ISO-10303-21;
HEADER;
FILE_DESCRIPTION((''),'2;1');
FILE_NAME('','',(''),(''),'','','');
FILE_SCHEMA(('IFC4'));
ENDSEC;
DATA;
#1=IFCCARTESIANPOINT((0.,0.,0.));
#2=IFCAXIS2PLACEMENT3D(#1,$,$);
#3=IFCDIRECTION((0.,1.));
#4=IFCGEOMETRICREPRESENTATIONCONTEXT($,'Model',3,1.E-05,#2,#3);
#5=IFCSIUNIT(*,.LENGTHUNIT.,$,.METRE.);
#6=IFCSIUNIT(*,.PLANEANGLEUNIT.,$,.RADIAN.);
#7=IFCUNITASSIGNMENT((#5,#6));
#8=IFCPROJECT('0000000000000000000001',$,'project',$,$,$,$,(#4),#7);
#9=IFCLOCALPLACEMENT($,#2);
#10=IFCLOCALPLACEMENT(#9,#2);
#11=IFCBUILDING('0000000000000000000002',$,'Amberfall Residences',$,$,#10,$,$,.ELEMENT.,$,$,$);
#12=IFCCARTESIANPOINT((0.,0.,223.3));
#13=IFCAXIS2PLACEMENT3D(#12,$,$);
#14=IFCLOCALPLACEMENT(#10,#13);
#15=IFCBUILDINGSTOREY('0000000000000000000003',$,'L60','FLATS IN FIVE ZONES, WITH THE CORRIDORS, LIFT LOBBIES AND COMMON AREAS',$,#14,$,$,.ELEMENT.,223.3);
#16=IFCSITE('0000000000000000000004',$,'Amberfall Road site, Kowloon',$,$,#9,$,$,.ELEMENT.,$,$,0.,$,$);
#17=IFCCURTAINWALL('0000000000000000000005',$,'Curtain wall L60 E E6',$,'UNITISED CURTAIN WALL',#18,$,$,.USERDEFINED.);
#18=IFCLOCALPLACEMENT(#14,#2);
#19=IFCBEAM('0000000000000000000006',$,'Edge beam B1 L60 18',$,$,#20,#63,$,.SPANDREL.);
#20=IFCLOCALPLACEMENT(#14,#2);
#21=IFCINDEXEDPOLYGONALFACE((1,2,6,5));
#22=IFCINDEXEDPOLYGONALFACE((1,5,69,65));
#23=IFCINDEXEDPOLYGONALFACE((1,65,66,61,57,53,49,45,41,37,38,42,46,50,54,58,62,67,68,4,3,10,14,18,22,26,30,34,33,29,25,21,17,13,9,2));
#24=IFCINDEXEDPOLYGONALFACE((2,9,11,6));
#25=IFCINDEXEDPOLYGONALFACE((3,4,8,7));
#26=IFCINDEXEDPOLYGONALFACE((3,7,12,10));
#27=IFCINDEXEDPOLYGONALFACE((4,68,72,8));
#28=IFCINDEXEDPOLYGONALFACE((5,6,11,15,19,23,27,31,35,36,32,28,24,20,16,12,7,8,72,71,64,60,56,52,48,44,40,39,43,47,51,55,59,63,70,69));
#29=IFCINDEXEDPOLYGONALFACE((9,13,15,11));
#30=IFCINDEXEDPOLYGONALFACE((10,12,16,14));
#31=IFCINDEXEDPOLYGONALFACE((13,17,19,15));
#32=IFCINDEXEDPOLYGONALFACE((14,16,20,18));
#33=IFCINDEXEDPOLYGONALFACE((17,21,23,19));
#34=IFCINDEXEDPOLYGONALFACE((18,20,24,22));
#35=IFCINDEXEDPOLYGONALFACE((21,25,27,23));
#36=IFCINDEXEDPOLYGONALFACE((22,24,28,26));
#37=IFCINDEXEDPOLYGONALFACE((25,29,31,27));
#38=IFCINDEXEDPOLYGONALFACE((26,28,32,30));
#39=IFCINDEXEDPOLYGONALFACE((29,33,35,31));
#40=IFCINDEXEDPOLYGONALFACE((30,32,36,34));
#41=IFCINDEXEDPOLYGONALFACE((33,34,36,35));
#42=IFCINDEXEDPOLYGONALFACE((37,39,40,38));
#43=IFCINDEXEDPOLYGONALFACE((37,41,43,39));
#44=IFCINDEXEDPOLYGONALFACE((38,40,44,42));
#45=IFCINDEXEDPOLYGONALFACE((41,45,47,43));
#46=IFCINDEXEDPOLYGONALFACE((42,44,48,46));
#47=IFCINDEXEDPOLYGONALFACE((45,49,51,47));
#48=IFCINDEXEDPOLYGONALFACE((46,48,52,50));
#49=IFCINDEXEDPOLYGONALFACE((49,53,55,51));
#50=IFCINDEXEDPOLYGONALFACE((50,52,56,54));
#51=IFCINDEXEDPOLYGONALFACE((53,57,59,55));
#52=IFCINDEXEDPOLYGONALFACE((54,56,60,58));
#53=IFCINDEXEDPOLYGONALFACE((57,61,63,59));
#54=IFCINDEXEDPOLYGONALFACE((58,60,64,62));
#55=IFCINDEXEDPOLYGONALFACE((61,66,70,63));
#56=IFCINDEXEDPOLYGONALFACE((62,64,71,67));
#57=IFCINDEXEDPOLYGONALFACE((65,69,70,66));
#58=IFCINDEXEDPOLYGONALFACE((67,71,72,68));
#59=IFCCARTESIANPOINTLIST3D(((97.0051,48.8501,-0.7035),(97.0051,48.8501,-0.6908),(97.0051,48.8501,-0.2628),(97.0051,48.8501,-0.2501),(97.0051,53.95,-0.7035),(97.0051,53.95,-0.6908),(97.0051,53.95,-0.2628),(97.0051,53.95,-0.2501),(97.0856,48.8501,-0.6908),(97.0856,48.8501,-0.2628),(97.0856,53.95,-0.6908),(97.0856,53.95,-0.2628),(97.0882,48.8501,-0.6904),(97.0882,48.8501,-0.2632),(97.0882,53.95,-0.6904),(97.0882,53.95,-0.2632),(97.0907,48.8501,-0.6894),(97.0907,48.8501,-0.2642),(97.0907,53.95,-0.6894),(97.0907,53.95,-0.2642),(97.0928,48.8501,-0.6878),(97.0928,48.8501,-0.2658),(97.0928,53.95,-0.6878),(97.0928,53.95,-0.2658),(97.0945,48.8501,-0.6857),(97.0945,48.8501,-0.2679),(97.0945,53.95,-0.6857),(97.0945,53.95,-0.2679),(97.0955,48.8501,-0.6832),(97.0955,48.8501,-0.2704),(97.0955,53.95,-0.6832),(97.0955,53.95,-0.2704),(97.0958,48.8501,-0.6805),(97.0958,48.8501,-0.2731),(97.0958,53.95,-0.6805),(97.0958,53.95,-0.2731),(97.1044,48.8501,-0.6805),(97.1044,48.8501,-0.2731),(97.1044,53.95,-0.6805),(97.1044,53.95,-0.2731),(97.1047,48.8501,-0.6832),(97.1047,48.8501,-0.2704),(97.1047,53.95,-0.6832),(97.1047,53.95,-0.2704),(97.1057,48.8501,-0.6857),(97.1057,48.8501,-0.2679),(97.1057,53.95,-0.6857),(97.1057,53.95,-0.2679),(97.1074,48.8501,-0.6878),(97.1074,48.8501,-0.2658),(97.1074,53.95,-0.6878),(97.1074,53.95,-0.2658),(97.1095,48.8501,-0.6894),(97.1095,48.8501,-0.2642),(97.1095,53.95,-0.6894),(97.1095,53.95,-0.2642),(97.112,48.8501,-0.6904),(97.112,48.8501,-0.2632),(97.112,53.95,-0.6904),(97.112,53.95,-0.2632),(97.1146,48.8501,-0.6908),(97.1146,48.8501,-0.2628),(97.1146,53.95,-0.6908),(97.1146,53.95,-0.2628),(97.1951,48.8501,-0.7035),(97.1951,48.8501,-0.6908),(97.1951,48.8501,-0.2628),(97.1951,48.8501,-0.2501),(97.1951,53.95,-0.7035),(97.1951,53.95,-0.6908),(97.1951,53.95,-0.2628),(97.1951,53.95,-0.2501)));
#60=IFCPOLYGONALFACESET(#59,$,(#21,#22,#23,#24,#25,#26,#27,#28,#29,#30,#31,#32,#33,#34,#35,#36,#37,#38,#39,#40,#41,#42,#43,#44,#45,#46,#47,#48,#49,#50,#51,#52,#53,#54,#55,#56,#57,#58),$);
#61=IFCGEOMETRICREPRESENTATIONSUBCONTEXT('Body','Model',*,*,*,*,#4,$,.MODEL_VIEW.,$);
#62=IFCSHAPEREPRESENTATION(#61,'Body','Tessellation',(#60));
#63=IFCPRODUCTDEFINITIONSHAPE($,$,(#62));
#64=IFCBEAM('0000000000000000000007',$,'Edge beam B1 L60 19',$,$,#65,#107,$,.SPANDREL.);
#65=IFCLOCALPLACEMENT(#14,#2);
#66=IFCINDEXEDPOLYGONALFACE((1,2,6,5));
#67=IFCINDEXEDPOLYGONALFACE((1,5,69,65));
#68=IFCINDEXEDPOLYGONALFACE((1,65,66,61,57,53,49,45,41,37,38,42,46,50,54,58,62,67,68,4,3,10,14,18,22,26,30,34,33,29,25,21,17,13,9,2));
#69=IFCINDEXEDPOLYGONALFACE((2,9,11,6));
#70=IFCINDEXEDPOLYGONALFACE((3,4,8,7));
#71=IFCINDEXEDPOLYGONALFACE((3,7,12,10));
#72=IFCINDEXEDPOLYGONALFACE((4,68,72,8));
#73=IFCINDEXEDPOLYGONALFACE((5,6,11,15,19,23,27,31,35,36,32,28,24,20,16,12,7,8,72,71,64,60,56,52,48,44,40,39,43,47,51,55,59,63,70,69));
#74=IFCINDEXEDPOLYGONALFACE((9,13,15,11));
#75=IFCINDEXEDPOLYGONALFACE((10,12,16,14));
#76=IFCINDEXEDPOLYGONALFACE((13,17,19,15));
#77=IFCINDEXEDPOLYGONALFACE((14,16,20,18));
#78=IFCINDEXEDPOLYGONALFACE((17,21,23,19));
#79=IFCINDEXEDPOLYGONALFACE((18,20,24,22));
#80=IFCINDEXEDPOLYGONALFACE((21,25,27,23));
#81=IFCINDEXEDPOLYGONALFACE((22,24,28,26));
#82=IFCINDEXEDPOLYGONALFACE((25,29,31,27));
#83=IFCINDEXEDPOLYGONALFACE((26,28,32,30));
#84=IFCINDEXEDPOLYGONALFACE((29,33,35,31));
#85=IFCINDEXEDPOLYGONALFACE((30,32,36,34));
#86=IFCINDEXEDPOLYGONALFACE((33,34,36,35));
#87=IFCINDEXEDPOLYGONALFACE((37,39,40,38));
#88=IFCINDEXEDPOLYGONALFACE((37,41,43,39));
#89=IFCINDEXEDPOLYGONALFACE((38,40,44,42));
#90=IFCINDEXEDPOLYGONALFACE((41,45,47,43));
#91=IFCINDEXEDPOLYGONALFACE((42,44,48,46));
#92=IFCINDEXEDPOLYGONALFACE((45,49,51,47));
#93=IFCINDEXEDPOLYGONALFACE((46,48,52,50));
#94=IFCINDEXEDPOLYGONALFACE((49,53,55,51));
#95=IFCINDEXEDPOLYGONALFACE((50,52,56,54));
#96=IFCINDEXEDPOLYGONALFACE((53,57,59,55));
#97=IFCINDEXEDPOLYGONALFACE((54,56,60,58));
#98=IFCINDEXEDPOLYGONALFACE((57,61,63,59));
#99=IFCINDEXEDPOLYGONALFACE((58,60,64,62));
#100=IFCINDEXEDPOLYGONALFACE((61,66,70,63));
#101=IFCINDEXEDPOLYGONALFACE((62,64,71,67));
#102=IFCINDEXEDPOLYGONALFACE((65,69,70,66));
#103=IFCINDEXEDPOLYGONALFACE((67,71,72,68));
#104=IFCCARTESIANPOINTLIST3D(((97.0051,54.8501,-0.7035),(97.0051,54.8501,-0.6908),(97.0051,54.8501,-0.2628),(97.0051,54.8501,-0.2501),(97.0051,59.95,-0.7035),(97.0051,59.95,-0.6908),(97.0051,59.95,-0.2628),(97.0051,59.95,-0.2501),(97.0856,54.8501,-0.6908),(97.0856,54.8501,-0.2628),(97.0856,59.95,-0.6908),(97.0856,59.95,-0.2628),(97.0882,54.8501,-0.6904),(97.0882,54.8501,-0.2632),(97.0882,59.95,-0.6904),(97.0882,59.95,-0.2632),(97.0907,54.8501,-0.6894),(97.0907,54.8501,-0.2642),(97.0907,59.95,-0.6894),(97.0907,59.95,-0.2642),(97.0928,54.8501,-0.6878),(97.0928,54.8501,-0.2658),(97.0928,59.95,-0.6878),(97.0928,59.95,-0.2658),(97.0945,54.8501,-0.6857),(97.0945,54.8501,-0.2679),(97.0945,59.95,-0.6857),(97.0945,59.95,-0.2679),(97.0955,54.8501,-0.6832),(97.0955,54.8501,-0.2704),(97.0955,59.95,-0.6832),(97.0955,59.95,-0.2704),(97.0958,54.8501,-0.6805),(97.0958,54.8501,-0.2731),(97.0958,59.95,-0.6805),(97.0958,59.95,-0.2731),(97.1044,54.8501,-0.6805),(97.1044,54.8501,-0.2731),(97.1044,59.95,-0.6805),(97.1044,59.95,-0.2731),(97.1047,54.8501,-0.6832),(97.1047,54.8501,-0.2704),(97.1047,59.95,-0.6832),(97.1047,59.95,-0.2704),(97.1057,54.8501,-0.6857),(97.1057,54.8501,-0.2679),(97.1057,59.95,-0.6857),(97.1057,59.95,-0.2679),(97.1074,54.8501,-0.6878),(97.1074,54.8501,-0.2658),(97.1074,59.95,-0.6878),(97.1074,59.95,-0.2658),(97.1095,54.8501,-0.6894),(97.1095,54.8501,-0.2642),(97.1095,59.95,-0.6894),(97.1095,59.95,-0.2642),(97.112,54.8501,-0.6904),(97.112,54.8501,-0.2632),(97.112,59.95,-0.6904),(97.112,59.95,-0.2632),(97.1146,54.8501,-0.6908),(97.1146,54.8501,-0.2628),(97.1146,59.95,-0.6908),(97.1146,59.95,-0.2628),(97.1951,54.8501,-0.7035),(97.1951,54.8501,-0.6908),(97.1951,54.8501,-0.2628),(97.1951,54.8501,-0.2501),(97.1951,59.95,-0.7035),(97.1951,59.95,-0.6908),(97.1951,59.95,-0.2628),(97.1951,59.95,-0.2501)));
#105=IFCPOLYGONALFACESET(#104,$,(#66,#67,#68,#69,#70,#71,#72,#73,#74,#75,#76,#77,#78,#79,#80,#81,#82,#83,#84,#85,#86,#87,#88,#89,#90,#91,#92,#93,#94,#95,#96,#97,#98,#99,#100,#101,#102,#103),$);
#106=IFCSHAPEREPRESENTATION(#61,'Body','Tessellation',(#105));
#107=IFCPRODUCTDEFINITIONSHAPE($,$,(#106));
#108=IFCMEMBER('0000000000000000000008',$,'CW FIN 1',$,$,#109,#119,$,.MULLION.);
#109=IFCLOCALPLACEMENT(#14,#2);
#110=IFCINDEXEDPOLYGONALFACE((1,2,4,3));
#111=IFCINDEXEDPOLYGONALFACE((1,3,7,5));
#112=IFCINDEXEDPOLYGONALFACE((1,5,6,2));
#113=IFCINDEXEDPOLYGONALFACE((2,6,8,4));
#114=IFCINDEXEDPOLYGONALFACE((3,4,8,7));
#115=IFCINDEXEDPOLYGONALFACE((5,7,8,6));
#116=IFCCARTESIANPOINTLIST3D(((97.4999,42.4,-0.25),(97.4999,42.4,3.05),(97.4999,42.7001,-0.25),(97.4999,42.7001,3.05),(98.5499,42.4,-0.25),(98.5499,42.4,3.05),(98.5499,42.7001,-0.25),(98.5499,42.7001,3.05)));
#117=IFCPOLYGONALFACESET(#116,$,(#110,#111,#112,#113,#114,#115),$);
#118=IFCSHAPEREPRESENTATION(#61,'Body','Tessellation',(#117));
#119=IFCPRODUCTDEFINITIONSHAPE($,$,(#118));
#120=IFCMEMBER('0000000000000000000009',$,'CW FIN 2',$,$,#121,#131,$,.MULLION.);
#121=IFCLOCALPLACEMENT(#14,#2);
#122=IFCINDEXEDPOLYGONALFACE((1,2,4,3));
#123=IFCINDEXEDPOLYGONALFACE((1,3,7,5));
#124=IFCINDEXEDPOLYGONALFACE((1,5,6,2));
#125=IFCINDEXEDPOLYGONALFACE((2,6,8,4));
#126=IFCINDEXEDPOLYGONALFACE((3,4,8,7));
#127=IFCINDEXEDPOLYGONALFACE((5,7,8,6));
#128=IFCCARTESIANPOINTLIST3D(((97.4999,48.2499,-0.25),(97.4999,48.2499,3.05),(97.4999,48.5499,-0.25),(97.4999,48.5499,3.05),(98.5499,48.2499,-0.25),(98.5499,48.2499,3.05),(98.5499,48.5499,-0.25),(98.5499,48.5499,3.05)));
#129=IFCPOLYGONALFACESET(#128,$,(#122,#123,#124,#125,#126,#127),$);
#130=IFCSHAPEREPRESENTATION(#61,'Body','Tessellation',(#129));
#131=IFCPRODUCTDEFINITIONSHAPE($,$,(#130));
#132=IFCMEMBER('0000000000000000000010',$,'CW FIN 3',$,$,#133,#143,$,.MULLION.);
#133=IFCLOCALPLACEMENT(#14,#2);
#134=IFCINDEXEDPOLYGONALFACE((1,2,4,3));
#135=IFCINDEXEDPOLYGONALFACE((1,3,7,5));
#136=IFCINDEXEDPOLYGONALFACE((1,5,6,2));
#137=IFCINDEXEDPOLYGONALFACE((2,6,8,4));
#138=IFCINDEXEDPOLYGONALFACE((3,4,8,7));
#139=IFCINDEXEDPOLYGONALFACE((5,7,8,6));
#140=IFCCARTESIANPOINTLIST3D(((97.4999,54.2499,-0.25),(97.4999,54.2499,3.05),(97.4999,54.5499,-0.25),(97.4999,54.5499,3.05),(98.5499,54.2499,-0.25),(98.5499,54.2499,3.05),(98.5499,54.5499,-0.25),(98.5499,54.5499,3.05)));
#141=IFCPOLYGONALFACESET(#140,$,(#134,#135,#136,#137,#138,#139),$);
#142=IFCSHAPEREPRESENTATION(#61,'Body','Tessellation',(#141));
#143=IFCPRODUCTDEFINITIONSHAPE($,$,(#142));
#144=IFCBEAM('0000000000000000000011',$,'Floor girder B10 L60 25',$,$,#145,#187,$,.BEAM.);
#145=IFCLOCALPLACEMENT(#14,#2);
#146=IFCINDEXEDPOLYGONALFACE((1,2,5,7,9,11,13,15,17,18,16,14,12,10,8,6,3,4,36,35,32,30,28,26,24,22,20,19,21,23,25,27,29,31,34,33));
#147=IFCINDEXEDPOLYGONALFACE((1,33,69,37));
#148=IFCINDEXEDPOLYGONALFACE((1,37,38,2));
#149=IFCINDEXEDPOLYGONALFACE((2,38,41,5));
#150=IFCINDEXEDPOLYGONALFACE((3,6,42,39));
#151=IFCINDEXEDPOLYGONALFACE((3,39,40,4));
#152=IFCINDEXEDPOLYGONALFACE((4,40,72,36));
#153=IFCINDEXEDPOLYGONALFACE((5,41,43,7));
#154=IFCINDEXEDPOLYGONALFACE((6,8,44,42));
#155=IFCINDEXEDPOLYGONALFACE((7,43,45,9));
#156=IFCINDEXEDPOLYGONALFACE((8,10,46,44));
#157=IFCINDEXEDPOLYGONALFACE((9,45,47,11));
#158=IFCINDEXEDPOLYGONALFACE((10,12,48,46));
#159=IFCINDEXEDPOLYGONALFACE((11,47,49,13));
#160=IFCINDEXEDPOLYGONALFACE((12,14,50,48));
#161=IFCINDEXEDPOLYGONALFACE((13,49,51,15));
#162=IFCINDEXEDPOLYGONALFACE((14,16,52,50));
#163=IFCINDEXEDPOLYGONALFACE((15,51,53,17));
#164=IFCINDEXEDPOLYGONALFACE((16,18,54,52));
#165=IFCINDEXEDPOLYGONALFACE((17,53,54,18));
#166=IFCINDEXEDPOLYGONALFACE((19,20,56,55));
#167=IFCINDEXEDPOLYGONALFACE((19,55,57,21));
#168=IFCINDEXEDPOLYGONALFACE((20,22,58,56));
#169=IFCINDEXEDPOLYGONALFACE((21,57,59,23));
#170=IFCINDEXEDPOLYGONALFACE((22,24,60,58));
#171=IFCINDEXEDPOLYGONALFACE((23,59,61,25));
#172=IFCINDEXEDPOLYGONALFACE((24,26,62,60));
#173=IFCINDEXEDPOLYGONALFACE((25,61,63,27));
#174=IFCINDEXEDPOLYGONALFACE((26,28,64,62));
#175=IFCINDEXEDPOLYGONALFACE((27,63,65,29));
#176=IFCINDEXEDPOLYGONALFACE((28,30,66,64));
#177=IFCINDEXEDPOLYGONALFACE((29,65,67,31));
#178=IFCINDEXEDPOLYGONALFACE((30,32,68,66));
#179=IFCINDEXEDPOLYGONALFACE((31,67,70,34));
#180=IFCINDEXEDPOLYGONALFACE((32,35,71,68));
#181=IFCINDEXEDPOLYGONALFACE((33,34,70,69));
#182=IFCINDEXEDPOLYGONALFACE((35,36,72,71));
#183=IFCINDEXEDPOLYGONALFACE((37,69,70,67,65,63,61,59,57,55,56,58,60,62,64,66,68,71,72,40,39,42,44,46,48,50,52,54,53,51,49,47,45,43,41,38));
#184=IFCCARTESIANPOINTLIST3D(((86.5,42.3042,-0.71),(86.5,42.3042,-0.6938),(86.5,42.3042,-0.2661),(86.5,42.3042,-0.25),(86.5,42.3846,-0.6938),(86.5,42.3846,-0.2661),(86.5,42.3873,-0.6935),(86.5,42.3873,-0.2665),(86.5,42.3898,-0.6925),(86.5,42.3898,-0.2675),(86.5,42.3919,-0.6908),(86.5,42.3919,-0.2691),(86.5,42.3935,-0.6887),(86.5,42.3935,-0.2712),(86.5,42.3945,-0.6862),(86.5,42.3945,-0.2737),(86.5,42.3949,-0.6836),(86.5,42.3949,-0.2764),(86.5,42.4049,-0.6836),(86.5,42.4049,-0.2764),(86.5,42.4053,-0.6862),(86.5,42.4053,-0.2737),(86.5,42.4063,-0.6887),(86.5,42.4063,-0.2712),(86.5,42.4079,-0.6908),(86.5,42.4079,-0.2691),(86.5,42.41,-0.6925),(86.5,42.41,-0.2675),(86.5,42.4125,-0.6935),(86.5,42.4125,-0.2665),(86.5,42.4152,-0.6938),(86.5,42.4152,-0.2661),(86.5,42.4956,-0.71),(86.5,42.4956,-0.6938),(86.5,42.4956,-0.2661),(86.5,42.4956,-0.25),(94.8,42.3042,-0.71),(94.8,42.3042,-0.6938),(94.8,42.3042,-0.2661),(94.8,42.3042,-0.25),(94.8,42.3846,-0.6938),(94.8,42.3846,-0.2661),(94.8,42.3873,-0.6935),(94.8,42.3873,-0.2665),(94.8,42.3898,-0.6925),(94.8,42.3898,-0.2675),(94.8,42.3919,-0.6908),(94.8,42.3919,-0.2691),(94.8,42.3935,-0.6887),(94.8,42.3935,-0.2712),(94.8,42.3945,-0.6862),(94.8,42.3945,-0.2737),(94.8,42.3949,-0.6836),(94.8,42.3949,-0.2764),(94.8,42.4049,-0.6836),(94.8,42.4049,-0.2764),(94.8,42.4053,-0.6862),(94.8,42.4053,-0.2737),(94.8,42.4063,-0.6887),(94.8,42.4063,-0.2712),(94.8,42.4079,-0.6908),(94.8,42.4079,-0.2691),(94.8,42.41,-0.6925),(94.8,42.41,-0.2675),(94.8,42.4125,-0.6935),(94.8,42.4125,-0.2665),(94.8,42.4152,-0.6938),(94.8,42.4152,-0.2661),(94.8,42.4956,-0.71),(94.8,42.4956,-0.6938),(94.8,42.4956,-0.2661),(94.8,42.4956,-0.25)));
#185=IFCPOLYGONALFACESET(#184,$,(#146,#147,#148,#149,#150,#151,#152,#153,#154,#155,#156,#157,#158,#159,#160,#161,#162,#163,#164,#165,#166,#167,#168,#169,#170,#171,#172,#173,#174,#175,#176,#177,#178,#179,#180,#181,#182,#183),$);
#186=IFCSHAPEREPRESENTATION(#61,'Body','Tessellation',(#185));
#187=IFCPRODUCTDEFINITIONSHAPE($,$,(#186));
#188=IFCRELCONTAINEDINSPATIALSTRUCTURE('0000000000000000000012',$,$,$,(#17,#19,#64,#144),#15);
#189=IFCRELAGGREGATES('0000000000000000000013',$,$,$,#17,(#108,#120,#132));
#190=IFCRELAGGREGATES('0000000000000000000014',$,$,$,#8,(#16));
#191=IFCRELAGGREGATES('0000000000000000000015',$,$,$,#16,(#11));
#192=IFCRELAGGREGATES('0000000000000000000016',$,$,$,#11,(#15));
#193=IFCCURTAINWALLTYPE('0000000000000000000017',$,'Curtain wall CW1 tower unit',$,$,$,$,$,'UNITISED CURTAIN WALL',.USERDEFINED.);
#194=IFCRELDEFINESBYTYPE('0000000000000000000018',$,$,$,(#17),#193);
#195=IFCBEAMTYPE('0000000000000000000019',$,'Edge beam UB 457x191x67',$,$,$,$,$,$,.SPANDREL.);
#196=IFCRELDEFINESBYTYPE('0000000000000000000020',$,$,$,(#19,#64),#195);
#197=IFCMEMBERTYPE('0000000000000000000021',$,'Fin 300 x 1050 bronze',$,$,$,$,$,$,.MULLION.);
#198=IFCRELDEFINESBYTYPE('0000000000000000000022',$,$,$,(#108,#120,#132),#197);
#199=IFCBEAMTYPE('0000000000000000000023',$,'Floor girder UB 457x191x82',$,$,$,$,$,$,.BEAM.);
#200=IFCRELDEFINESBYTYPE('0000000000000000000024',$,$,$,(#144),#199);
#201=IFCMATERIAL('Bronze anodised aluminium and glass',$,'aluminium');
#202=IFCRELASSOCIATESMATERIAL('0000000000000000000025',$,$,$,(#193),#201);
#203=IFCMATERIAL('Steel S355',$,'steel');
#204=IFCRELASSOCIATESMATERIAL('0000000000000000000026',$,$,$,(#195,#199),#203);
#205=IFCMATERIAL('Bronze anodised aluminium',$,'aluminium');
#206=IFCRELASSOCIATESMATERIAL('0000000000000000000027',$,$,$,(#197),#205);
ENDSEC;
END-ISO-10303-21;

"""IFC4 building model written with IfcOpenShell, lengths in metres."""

from ifc_helpers import new_model, si_unit, direction, frame, origin, origin_2d, place, context, subcontext, project, spatial, rectangle, i_section, extrude, material, material_profile, profile_set, type_object, element, aggregate, save


model = new_model("IFC4")

# Units and contexts
model_context = context("Model", 3, precision=1e-05, world=origin(), true_north=direction((0.0, 1.0)))
body_context = subcontext(model_context, "Body", "Model", "MODEL_VIEW")
ifc_project = project(units=[si_unit("LENGTHUNIT", "METRE"), si_unit("PLANEANGLEUNIT", "RADIAN")], contexts=[model_context])

# Site, building, storey
site_placement = place(None, origin())
site = spatial("IfcSite", under=ifc_project, at=site_placement, Name="Amberfall Road site, Kowloon", CompositionType="ELEMENT", RefElevation=0.0)
building_placement = place(site_placement, origin())
building = spatial("IfcBuilding", under=site, at=building_placement, Name="Amberfall Residences", CompositionType="ELEMENT")
storey_placement = place(building_placement, frame((0.0, 0.0, 223.3)))
storey = spatial("IfcBuildingStorey", under=building, at=storey_placement, Name="L60", Description="FLATS IN FIVE ZONES, WITH THE CORRIDORS, LIFT LOBBIES AND COMMON AREAS", CompositionType="ELEMENT", Elevation=223.3)

# Curtain wall
ifc_material_1 = material(Name="Bronze anodised aluminium and glass", Category="aluminium")
curtain_wall_type = type_object("IfcCurtainWallType", Name="Curtain wall CW1 tower unit", ElementType="UNITISED CURTAIN WALL", PredefinedType="USERDEFINED", material=ifc_material_1)
curtain_wall_placement = place(storey_placement, origin())
curtain_wall = element("IfcCurtainWall", 1, at=curtain_wall_placement, inside=storey, type_object=curtain_wall_type, Name="Curtain wall L60 E E6", ObjectType="UNITISED CURTAIN WALL", PredefinedType="USERDEFINED")
ifc_material_2 = material(Name="Bronze anodised aluminium", Category="aluminium")

# Beams
ifc_material_3 = material(Name="Steel S355", Category="steel")
ifc_material_profile_1 = material_profile(ifc_material_3, i_section(OverallWidth=0.1899, OverallDepth=0.4534, WebThickness=0.0085, FlangeThickness=0.0127, FilletRadius=0.0103, at=origin_2d()), Name="UB 457x191x67")
ifc_profile_set_1 = profile_set([ifc_material_profile_1], Name="Steel S355")
beam_type_1 = type_object("IfcBeamType", Name="Edge beam UB 457x191x67", PredefinedType="SPANDREL", material=ifc_profile_set_1)
for number, where, z_axis, x_axis, name in (
    (2, (97.1001, 48.8501, -0.4768), (0.0, 1.0, 0.0), (-1.0, 0.0, 0.0), "Edge beam B1 L60 18"),
    (3, (97.1001, 54.8501, -0.4768), (0.0, 1.0, 0.0), (-1.0, 0.0, 0.0), "Edge beam B1 L60 19"),
):
    element("IfcBeam", number, at=place(storey_placement, frame(where, z_axis=z_axis, x_axis=x_axis)), inside=storey, type_object=beam_type_1, Name=name, PredefinedType="SPANDREL", context=body_context, shape_type="SweptSolid", body=[
        extrude(i_section(OverallWidth=0.1899, OverallDepth=0.4534, WebThickness=0.0085, FlangeThickness=0.0127, FilletRadius=0.0103, at=origin_2d()), origin(), (0.0, 0.0, 1.0), 5.0999),
    ])

# Members
ifc_material_profile_2 = material_profile(ifc_material_2, rectangle(XDim=1.05, YDim=0.3, at=origin_2d()), Name="Fin 300 x 1050 bronze")
ifc_profile_set_2 = profile_set([ifc_material_profile_2], Name="Bronze anodised aluminium")
member_type_1 = type_object("IfcMemberType", Name="Fin 300 x 1050 bronze", PredefinedType="MULLION", material=ifc_profile_set_2)
member_1_placement = place(storey_placement, frame((98.0249, 42.55, -0.25), z_axis=(0.0, 0.0, 1.0), x_axis=(-1.0, 0.0, 0.0)))
member_1 = element("IfcMember", 4, at=member_1_placement, type_object=member_type_1, Name="CW FIN 1", PredefinedType="MULLION", context=body_context, shape_type="SweptSolid", body=[
    extrude(rectangle(XDim=1.05, YDim=0.3, at=origin_2d()), origin(), (0.0, 0.0, 1.0), 3.3),
])
member_2_placement = place(storey_placement, frame((98.0249, 48.3999, -0.25), z_axis=(0.0, 0.0, 1.0), x_axis=(-1.0, 0.0, 0.0)))
member_2 = element("IfcMember", 5, at=member_2_placement, type_object=member_type_1, Name="CW FIN 2", PredefinedType="MULLION", context=body_context, shape_type="SweptSolid", body=[
    extrude(rectangle(XDim=1.05, YDim=0.3, at=origin_2d()), origin(), (0.0, 0.0, 1.0), 3.3),
])
member_3_placement = place(storey_placement, frame((98.0249, 54.3999, -0.25), z_axis=(0.0, 0.0, 1.0), x_axis=(-1.0, 0.0, 0.0)))
member_3 = element("IfcMember", 6, at=member_3_placement, type_object=member_type_1, Name="CW FIN 3", PredefinedType="MULLION", context=body_context, shape_type="SweptSolid", body=[
    extrude(rectangle(XDim=1.05, YDim=0.3, at=origin_2d()), origin(), (0.0, 0.0, 1.0), 3.3),
])

# Beam
ifc_material_profile_3 = material_profile(ifc_material_3, i_section(OverallWidth=0.1914, OverallDepth=0.46, WebThickness=0.01, FlangeThickness=0.0161, FilletRadius=0.0103, at=origin_2d()), Name="UB 457x191x82")
ifc_profile_set_3 = profile_set([ifc_material_profile_3], Name="Steel S355")
beam_type_2 = type_object("IfcBeamType", Name="Floor girder UB 457x191x82", PredefinedType="BEAM", material=ifc_profile_set_3)
beam_1_placement = place(storey_placement, frame((94.8, 42.3999, -0.48), z_axis=(-1.0, 0.0, 0.0), x_axis=(0.0, -1.0, 0.0)))
element("IfcBeam", 7, at=beam_1_placement, inside=storey, type_object=beam_type_2, Name="Floor girder B10 L60 25", PredefinedType="BEAM", context=body_context, shape_type="SweptSolid", body=[
    extrude(i_section(OverallWidth=0.1914, OverallDepth=0.46, WebThickness=0.01, FlangeThickness=0.0161, FilletRadius=0.0103, at=origin_2d()), origin(), (0.0, 0.0, 1.0), 8.3),
])

aggregate(curtain_wall, [member_1, member_2, member_3])

save(model, "model.ifc")
